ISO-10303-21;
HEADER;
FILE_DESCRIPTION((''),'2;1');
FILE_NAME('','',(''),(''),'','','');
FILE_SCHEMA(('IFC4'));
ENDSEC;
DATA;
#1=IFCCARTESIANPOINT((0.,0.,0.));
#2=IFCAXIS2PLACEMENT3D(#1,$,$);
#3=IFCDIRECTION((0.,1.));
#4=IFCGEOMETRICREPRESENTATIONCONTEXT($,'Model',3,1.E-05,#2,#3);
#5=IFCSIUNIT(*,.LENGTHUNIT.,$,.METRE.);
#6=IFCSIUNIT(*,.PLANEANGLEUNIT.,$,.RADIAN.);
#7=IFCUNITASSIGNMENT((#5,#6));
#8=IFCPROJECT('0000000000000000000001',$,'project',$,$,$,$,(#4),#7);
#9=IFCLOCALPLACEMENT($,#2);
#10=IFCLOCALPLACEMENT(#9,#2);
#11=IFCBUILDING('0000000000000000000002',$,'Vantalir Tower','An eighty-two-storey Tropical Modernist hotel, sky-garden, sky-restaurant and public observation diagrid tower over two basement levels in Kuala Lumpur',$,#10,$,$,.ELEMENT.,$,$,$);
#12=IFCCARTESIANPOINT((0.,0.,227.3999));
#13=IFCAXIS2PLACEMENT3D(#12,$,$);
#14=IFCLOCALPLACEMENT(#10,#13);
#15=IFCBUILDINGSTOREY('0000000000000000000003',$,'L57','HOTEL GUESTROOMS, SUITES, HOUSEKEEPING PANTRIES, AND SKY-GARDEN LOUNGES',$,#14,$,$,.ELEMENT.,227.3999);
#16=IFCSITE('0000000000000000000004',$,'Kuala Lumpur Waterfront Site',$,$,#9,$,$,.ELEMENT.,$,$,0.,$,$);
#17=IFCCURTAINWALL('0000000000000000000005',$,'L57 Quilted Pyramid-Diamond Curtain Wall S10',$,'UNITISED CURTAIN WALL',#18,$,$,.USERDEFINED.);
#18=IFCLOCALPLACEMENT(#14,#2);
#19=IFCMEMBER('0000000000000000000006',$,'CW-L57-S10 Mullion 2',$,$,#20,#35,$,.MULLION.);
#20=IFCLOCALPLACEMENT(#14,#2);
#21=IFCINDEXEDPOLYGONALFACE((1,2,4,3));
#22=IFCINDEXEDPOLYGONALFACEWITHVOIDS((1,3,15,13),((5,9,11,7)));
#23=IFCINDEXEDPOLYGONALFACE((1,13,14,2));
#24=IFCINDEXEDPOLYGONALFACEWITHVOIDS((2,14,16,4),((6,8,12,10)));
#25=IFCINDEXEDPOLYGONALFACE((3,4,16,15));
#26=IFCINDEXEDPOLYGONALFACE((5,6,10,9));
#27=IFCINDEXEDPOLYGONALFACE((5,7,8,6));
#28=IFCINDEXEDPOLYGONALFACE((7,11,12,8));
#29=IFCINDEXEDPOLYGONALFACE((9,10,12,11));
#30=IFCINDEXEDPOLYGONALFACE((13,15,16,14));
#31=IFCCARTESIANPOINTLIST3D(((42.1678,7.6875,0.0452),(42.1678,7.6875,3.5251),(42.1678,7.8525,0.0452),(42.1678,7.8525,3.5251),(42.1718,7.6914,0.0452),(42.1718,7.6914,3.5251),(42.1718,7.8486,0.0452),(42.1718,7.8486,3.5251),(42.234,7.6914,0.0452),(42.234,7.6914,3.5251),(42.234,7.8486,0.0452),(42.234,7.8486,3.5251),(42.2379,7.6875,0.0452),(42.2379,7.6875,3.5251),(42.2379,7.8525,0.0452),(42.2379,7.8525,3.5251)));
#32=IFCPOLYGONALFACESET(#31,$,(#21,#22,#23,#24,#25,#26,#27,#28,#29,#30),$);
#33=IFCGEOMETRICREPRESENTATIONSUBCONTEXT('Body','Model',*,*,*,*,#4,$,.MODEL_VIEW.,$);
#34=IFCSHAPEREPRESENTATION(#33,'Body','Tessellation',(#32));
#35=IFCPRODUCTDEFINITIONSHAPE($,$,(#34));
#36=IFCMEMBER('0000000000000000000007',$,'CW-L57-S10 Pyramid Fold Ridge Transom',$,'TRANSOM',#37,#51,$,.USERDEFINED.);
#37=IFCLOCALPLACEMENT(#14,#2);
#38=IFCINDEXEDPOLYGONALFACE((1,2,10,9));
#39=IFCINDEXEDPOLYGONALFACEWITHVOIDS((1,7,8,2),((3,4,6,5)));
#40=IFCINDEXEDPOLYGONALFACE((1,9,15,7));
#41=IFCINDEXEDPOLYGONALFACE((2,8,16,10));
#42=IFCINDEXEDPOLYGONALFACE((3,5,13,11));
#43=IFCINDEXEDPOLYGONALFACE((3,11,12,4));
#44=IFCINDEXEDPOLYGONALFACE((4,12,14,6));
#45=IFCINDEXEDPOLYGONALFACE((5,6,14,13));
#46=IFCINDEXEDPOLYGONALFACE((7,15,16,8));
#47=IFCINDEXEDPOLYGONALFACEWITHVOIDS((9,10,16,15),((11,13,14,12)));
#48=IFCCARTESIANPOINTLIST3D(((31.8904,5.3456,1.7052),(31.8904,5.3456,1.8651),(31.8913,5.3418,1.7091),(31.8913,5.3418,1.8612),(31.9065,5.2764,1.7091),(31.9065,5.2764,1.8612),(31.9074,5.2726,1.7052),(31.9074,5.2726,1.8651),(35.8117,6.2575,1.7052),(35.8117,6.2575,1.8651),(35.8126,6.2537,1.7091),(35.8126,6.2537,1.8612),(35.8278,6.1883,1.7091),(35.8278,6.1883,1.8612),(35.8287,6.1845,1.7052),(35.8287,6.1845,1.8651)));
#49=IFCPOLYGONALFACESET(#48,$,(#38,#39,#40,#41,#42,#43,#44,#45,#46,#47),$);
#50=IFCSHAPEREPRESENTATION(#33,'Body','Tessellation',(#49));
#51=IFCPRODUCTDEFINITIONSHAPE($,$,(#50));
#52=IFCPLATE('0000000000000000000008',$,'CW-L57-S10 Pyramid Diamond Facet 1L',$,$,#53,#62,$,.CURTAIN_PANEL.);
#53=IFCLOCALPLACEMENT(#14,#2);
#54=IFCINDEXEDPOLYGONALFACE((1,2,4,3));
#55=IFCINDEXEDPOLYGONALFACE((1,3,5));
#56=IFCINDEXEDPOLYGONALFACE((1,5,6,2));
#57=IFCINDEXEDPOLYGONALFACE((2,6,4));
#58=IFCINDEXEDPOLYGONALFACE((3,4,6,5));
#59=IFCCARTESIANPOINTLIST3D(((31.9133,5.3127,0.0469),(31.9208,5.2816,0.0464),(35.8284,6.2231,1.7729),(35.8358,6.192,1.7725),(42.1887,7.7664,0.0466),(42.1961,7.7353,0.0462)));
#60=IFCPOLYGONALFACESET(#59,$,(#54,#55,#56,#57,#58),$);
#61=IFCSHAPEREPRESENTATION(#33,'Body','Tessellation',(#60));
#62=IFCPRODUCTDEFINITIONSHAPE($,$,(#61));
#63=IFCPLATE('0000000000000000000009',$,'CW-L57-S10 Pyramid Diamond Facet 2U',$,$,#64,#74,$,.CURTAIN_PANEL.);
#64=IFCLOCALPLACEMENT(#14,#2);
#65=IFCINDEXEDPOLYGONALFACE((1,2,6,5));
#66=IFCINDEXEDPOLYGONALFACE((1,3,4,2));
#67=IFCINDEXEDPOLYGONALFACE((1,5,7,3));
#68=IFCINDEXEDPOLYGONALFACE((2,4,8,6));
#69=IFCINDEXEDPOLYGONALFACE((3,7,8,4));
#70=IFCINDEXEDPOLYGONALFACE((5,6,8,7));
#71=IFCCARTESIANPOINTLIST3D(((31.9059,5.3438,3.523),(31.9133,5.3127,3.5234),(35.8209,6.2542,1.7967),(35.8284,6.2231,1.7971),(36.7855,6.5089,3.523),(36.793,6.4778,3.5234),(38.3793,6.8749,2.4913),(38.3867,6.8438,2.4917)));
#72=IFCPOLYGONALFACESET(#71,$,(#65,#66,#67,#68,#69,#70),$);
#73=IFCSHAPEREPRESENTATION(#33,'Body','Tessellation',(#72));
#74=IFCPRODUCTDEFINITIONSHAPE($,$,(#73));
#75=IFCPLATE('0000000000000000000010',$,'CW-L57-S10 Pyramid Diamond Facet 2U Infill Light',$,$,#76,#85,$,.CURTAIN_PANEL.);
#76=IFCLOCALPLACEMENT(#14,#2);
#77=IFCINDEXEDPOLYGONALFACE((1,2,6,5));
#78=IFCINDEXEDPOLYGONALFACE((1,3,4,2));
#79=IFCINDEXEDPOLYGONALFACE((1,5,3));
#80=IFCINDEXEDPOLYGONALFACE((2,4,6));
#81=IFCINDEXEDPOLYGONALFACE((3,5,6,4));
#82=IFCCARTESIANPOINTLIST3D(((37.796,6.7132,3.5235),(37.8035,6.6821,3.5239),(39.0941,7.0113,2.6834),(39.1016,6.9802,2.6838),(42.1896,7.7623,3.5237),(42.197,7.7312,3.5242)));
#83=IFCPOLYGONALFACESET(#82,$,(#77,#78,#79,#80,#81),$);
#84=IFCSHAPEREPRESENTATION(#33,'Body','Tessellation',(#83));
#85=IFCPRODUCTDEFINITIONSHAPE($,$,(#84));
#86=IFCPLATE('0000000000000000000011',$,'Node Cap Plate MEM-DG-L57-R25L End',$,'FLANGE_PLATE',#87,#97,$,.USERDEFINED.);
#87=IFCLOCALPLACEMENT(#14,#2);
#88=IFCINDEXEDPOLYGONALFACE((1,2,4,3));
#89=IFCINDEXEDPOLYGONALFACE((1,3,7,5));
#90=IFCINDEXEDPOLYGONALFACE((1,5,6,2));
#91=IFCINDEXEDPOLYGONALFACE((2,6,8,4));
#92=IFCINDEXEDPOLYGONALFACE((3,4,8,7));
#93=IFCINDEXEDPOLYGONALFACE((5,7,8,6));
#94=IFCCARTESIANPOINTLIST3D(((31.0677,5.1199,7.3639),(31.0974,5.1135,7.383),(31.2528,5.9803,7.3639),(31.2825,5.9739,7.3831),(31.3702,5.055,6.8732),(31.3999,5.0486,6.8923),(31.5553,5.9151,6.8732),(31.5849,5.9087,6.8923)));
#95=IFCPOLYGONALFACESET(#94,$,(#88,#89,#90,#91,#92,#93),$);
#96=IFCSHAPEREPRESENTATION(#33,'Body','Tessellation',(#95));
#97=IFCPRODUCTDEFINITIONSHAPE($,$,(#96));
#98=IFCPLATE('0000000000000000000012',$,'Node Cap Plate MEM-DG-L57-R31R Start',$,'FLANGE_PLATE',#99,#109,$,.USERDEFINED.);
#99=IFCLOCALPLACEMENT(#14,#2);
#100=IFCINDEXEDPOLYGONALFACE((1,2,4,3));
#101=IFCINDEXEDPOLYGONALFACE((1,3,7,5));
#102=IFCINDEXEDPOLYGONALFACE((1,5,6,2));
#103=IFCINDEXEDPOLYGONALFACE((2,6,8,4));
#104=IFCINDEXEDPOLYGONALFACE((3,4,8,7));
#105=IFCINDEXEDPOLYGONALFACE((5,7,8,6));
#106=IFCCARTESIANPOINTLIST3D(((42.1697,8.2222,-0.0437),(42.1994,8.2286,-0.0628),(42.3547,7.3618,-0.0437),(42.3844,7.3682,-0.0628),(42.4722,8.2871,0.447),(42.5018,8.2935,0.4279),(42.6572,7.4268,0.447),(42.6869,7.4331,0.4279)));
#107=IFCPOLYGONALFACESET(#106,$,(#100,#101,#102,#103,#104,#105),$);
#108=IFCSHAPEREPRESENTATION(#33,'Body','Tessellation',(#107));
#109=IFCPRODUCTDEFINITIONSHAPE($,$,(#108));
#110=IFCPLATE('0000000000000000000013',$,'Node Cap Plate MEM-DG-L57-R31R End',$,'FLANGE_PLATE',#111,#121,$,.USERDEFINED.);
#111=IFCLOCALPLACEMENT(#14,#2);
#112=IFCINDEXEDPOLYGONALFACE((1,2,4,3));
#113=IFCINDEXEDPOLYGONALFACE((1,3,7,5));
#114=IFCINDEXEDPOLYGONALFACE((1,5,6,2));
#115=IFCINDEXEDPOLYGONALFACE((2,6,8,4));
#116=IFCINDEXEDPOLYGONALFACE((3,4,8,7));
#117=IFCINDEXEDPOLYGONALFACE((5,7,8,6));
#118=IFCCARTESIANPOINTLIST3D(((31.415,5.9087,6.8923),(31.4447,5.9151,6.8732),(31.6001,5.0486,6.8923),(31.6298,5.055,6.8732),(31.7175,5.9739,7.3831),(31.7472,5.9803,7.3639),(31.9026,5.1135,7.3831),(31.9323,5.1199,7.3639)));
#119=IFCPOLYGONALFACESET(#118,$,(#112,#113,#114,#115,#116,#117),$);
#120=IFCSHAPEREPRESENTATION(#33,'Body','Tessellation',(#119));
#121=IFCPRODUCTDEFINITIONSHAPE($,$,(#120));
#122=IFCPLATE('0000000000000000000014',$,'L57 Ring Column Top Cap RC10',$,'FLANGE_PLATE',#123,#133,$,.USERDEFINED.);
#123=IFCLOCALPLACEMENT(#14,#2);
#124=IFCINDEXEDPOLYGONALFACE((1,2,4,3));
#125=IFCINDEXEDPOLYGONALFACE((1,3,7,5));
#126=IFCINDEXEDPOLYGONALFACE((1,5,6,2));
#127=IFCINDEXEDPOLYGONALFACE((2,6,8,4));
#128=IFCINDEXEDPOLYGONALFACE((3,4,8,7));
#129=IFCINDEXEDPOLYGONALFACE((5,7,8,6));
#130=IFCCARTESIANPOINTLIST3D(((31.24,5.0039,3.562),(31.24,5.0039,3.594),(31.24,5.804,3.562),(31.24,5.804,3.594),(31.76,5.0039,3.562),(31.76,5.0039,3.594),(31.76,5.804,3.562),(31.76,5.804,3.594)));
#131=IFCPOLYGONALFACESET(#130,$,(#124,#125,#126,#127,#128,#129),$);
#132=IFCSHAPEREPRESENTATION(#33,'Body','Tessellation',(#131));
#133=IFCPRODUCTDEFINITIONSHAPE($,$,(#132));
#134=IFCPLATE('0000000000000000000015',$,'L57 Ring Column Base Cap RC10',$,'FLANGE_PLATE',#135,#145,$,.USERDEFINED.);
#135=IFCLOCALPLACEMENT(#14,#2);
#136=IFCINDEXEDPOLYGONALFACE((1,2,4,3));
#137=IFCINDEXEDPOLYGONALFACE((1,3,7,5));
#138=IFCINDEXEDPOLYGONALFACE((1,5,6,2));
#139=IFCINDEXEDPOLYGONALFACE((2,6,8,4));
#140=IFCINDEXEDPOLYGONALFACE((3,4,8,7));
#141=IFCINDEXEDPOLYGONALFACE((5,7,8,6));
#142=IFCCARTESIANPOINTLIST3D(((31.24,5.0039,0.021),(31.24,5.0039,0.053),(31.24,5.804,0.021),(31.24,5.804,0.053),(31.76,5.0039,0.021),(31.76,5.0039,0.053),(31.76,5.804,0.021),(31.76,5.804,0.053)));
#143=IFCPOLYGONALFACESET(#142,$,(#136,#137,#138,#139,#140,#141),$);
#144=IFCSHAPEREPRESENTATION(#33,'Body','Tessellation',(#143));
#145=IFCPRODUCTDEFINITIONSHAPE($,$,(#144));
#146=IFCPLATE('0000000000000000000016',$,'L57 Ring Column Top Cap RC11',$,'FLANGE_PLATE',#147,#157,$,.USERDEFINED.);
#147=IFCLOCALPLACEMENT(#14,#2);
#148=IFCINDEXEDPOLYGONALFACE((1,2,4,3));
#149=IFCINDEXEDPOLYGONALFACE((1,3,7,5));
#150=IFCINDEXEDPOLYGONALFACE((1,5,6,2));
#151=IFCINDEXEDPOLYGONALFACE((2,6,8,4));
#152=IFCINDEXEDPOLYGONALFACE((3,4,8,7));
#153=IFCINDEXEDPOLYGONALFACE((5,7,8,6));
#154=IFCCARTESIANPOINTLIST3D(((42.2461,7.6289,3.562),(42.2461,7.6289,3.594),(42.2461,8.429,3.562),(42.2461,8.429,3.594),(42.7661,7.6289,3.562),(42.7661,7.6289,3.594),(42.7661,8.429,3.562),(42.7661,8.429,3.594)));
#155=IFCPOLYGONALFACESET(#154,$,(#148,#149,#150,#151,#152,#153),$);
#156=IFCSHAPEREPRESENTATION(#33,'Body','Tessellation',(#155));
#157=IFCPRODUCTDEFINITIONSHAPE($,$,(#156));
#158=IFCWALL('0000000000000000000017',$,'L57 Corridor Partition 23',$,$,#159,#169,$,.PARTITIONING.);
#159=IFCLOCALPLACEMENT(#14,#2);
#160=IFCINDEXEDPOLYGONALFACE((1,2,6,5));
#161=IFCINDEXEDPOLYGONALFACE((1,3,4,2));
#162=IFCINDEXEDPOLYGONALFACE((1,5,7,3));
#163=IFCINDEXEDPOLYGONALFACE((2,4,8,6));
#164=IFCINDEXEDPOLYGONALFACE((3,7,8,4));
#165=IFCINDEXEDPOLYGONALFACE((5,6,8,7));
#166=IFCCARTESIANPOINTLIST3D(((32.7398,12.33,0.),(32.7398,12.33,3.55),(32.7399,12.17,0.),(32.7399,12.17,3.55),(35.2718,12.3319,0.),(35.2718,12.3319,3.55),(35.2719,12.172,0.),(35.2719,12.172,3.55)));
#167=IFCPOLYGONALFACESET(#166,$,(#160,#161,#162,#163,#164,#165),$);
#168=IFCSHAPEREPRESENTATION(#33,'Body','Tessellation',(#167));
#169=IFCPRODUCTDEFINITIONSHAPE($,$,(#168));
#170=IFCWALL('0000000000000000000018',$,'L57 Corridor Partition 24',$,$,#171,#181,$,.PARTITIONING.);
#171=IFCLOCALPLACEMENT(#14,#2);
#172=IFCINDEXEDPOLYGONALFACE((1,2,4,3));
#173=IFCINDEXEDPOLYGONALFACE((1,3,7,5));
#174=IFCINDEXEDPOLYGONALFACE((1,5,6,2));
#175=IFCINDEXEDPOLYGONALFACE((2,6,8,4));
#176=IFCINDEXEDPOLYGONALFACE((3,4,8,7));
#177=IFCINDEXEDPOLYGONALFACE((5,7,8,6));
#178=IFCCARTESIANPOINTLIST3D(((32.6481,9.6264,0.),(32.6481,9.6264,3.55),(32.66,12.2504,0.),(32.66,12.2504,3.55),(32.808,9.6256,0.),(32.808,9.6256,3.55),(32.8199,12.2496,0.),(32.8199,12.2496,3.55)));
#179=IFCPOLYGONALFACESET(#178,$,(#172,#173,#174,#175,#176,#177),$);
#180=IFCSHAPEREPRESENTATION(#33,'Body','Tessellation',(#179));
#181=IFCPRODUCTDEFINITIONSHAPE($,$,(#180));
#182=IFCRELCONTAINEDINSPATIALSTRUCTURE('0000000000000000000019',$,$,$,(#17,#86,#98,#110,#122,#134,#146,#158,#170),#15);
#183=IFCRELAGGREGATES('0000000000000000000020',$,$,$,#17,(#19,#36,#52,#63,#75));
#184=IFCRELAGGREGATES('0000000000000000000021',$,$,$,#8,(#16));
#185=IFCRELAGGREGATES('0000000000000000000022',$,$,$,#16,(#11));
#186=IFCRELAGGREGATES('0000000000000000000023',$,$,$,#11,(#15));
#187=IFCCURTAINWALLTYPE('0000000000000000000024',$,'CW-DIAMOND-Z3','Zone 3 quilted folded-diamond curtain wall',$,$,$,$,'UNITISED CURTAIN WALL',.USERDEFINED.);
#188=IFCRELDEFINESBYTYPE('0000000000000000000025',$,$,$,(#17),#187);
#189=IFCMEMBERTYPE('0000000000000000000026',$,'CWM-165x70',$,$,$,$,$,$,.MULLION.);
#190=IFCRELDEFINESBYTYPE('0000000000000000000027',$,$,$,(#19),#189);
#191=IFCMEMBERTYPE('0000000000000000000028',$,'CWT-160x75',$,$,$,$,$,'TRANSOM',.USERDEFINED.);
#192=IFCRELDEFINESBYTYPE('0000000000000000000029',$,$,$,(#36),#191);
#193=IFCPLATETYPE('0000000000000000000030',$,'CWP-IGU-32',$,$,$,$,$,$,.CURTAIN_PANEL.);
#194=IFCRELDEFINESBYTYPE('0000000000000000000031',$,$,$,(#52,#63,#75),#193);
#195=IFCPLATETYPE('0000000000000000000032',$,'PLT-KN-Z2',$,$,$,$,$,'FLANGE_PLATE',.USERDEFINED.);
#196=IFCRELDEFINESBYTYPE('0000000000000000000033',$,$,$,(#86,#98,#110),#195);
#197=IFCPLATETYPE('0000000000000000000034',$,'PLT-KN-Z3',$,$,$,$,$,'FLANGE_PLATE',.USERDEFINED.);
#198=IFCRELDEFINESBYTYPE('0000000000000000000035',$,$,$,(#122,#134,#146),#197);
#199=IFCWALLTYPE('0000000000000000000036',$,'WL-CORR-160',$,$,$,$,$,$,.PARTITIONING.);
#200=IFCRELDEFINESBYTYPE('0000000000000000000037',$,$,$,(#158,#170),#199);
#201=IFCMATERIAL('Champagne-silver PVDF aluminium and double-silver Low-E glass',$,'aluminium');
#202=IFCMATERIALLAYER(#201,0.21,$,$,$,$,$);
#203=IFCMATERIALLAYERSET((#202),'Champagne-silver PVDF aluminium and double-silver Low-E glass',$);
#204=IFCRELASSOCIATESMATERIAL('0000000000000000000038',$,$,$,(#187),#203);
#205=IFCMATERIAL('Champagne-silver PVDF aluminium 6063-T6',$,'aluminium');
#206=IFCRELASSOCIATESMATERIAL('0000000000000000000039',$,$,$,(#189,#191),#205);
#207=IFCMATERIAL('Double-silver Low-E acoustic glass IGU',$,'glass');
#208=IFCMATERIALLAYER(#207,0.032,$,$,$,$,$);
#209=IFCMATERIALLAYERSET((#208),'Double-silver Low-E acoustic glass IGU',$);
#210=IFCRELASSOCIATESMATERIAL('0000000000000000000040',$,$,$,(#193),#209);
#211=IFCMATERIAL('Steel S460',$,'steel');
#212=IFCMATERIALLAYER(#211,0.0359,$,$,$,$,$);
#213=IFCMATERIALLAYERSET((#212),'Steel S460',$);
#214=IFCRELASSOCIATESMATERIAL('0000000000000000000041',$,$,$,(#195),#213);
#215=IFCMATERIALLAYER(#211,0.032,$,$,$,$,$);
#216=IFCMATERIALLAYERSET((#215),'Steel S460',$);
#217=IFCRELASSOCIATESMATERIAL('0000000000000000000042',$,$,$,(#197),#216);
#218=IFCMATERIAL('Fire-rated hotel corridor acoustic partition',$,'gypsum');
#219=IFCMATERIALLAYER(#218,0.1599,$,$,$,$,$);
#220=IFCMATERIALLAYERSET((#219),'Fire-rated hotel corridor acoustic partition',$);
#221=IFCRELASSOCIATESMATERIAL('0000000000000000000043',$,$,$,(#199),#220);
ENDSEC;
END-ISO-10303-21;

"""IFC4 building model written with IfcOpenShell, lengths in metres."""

from ifc_helpers import new_model, si_unit, direction, frame, frame_2d, origin, origin_2d, place, context, subcontext, project, spatial, polyline, rectangle, hollow_rectangle, outline, extrude, material, layer, layer_set, material_profile, profile_set, type_object, element, aggregate, save


model = new_model("IFC4")

# Units and contexts
model_context = context("Model", 3, precision=1e-05, world=origin(), true_north=direction((0.0, 1.0)))
body_context = subcontext(model_context, "Body", "Model", "MODEL_VIEW")
ifc_project = project(units=[si_unit("LENGTHUNIT", "METRE"), si_unit("PLANEANGLEUNIT", "RADIAN")], contexts=[model_context])

# Site, building, storey
site_placement = place(None, origin())
site = spatial("IfcSite", under=ifc_project, at=site_placement, Name="Kuala Lumpur Waterfront Site", CompositionType="ELEMENT", RefElevation=0.0)
building_placement = place(site_placement, origin())
building = spatial("IfcBuilding", under=site, at=building_placement, Name="Vantalir Tower", Description="An eighty-two-storey Tropical Modernist hotel, sky-garden, sky-restaurant and public observation diagrid tower over two basement levels in Kuala Lumpur", CompositionType="ELEMENT")
storey_placement = place(building_placement, frame((0.0, 0.0, 227.3999)))
storey = spatial("IfcBuildingStorey", under=building, at=storey_placement, Name="L57", Description="HOTEL GUESTROOMS, SUITES, HOUSEKEEPING PANTRIES, AND SKY-GARDEN LOUNGES", CompositionType="ELEMENT", Elevation=227.3999)

# Shared definitions
ifc_material_1 = material(Name="Steel S460", Category="steel")

# Shared definitions
ifc_material_2 = material(Name="Champagne-silver PVDF aluminium and double-silver Low-E glass", Category="aluminium")
ifc_layer_1 = layer(ifc_material_2, 0.21)
ifc_layer_set_1 = layer_set([ifc_layer_1], Name="Champagne-silver PVDF aluminium and double-silver Low-E glass")
curtain_wall_type = type_object("IfcCurtainWallType", Name="CW-DIAMOND-Z3", Description="Zone 3 quilted folded-diamond curtain wall", ElementType="UNITISED CURTAIN WALL", PredefinedType="USERDEFINED", material=ifc_layer_set_1)
ifc_material_3 = material(Name="Champagne-silver PVDF aluminium 6063-T6", Category="aluminium")
ifc_material_profile_1 = material_profile(ifc_material_3, hollow_rectangle(XDim=0.0701, YDim=0.165, WallThickness=0.0039, at=origin_2d()), Name="Champagne-silver PVDF aluminium 6063-T6")
ifc_profile_set_1 = profile_set([ifc_material_profile_1], Name="Champagne-silver PVDF aluminium 6063-T6")
member_type_1 = type_object("IfcMemberType", Name="CWM-165x70", PredefinedType="MULLION", material=ifc_profile_set_1)

# Curtain wall, members, plates
curtain_wall_1_placement = place(storey_placement, origin())
curtain_wall_1 = element("IfcCurtainWall", 1, at=curtain_wall_1_placement, inside=storey, type_object=curtain_wall_type, Name="L57 Quilted Pyramid-Diamond Curtain Wall S10", ObjectType="UNITISED CURTAIN WALL", PredefinedType="USERDEFINED")
member_1_placement = place(storey_placement, frame((42.2029, 7.77, 0.0452), z_axis=(0.0, 0.0, 1.0), x_axis=(1.0, 0.0, 0.0)))
member_1 = element("IfcMember", 2, at=member_1_placement, type_object=member_type_1, Name="CW-L57-S10 Mullion 2", PredefinedType="MULLION", context=body_context, shape_type="SweptSolid", body=[
    extrude(hollow_rectangle(XDim=0.0701, YDim=0.165, WallThickness=0.0039, at=origin_2d()), origin(), (0.0, 0.0, 1.0), 3.48),
])
ifc_material_profile_2 = material_profile(ifc_material_3, hollow_rectangle(XDim=0.075, YDim=0.1599, WallThickness=0.0039, at=origin_2d()), Name="Champagne-silver PVDF aluminium 6063-T6")
ifc_profile_set_2 = profile_set([ifc_material_profile_2], Name="Champagne-silver PVDF aluminium 6063-T6")
member_type_2 = type_object("IfcMemberType", Name="CWT-160x75", ElementType="TRANSOM", PredefinedType="USERDEFINED", material=ifc_profile_set_2)
member_2_placement = place(storey_placement, frame((31.8989, 5.3091, 1.7852), z_axis=(0.97401, 0.226507, 0.0), x_axis=(-0.226507, 0.97401, 0.0)))
member_2 = element("IfcMember", 3, at=member_2_placement, type_object=member_type_2, Name="CW-L57-S10 Pyramid Fold Ridge Transom", ObjectType="TRANSOM", PredefinedType="USERDEFINED", context=body_context, shape_type="SweptSolid", body=[
    extrude(hollow_rectangle(XDim=0.075, YDim=0.1599, WallThickness=0.0039, at=origin_2d()), origin(), (0.0, 0.0, 1.0), 4.0259),
])
ifc_material_4 = material(Name="Double-silver Low-E acoustic glass IGU", Category="glass")
ifc_layer_2 = layer(ifc_material_4, 0.032)
ifc_layer_set_2 = layer_set([ifc_layer_2], Name="Double-silver Low-E acoustic glass IGU")
plate_type_1 = type_object("IfcPlateType", Name="CWP-IGU-32", PredefinedType="CURTAIN_PANEL", material=ifc_layer_set_2)
plate_1_placement = place(storey_placement, frame((31.9133, 5.3127, 0.0469), z_axis=(-0.232233, 0.972563, 0.013778), x_axis=(0.972655, 0.232256, -0.000023)))
plate_1 = element("IfcPlate", 4, at=plate_1_placement, type_object=plate_type_1, Name="CW-L57-S10 Pyramid Diamond Facet 1L", PredefinedType="CURTAIN_PANEL", context=body_context, shape_type="SweptSolid", body=[
    extrude(outline(polyline([(0.0, 0.0), (10.5643, 0.0), (4.0194, -1.7263), (0.0, 0.0)])), origin(), (0.0, 0.0, -1.0), 0.032),
])
plate_2_placement = place(storey_placement, frame((31.9133, 5.3127, 3.5234), z_axis=(0.232205, -0.97257, 0.01371), x_axis=(0.972662, 0.232227, 0.0)))
plate_2 = element("IfcPlate", 5, at=plate_2_placement, type_object=plate_type_1, Name="CW-L57-S10 Pyramid Diamond Facet 2U", PredefinedType="CURTAIN_PANEL", context=body_context, shape_type="SweptSolid", body=[
    extrude(outline(polyline([(0.0, 0.0), (5.0168, 0.0), (6.652, -1.0318), (4.0194, -1.7265), (0.0, 0.0)])), origin(), (0.0, 0.0, -1.0), 0.032),
])
plate_3_placement = place(storey_placement, frame((37.8035, 6.6821, 3.5239), z_axis=(0.232224, -0.972566, 0.013726), x_axis=(0.972657, 0.232246, 0.000054)))
plate_3 = element("IfcPlate", 6, at=plate_3_placement, type_object=plate_type_1, Name="CW-L57-S10 Pyramid Diamond Facet 2U Infill Light", PredefinedType="CURTAIN_PANEL", context=body_context, shape_type="SweptSolid", body=[
    extrude(outline(polyline([(0.0, 0.0), (4.5171, 0.0), (1.3318, -0.8402), (0.0, 0.0)])), origin(), (0.0, 0.0, -1.0), 0.032),
])
aggregate(curtain_wall_1, [member_1, member_2, plate_1, plate_2, plate_3])

# Plates
ifc_layer_3 = layer(ifc_material_1, 0.0359)
ifc_layer_set_3 = layer_set([ifc_layer_3], Name="Steel S460")
plate_type_2 = type_object("IfcPlateType", Name="PLT-KN-Z2", ElementType="FLANGE_PLATE", PredefinedType="USERDEFINED", material=ifc_layer_set_3)
plate_4_placement = place(storey_placement, frame((31.3999, 5.0486, 6.8923), z_axis=(0.826975, -0.177905, 0.53335), x_axis=(0.210324, 0.977632, -0.000013)))
element("IfcPlate", 7, at=plate_4_placement, inside=storey, type_object=plate_type_2, Name="Node Cap Plate MEM-DG-L57-R25L End", ObjectType="FLANGE_PLATE", PredefinedType="USERDEFINED", context=body_context, shape_type="SweptSolid", body=[
    extrude(outline(polyline([(0.0, 0.0), (0.8798, 0.0), (0.8799, 0.5801), (-0.0001, 0.5801), (0.0, 0.0)])), origin(), (0.0, 0.0, -1.0), 0.0359),
])
plate_5_placement = place(storey_placement, frame((42.1697, 8.2222, -0.0437), z_axis=(-0.827, -0.177885, 0.533318), x_axis=(0.210287, -0.97764, 0.0)))
element("IfcPlate", 8, at=plate_5_placement, inside=storey, type_object=plate_type_2, Name="Node Cap Plate MEM-DG-L57-R31R Start", ObjectType="FLANGE_PLATE", PredefinedType="USERDEFINED", context=body_context, shape_type="SweptSolid", body=[
    extrude(outline(polyline([(0.0, 0.0), (0.88, 0.0), (0.8801, 0.5801), (0.0001, 0.5801), (0.0, 0.0)])), origin(), (0.0, 0.0, -1.0), 0.0359),
])
plate_6_placement = place(storey_placement, frame((31.415, 5.9087, 6.8923), z_axis=(-0.826975, -0.177905, 0.53335), x_axis=(0.210324, -0.977632, 0.000013)))
element("IfcPlate", 9, at=plate_6_placement, inside=storey, type_object=plate_type_2, Name="Node Cap Plate MEM-DG-L57-R31R End", ObjectType="FLANGE_PLATE", PredefinedType="USERDEFINED", context=body_context, shape_type="SweptSolid", body=[
    extrude(outline(polyline([(0.0, 0.0), (0.8798, 0.0), (0.8799, 0.5801), (-0.0001, 0.5801), (0.0, 0.0)])), origin(), (0.0, 0.0, -1.0), 0.0359),
])
ifc_layer_4 = layer(ifc_material_1, 0.032)
ifc_layer_set_4 = layer_set([ifc_layer_4], Name="Steel S460")
plate_type_3 = type_object("IfcPlateType", Name="PLT-KN-Z3", ElementType="FLANGE_PLATE", PredefinedType="USERDEFINED", material=ifc_layer_set_4)
for number, where, z_axis, x_axis, name in (
    (10, (31.24, 5.804, 3.594), (0.0, 0.0, 1.0), (0.0, -1.0, 0.0), "L57 Ring Column Top Cap RC10"),
    (11, (31.24, 5.804, 0.053), (0.0, 0.0, 1.0), (0.0, -1.0, 0.0), "L57 Ring Column Base Cap RC10"),
    (12, (42.2461, 8.429, 3.594), (0.0, 0.0, 1.0), (0.0, -1.0, 0.0), "L57 Ring Column Top Cap RC11"),
):
    element("IfcPlate", number, at=place(storey_placement, frame(where, z_axis=z_axis, x_axis=x_axis)), inside=storey, type_object=plate_type_3, Name=name, ObjectType="FLANGE_PLATE", PredefinedType="USERDEFINED", context=body_context, shape_type="SweptSolid", body=[
        extrude(outline(polyline([(0.0, 0.0), (0.8, 0.0), (0.8, 0.52), (0.0, 0.52), (0.0, 0.0)])), origin(), (0.0, 0.0, -1.0), 0.032),
    ])

# Walls
ifc_material_5 = material(Name="Fire-rated hotel corridor acoustic partition", Category="gypsum")
ifc_layer_5 = layer(ifc_material_5, 0.1599)
ifc_layer_set_5 = layer_set([ifc_layer_5], Name="Fire-rated hotel corridor acoustic partition")
wall_type_1 = type_object("IfcWallType", Name="WL-CORR-160", PredefinedType="PARTITIONING", material=ifc_layer_set_5)
wall_1_placement = place(storey_placement, frame((35.272, 12.252, 0.0), z_axis=(0.0, 0.0, 1.0), x_axis=(-1.0, -0.000771, 0.0)))
element("IfcWall", 13, at=wall_1_placement, inside=storey, type_object=wall_type_1, Name="L57 Corridor Partition 23", PredefinedType="PARTITIONING", context=body_context, shape_type="SweptSolid", body=[
    extrude(rectangle(XDim=2.532, YDim=0.1599, at=frame_2d((1.2661, 0.0))), origin(), (0.0, 0.0, 1.0), 3.55),
])
wall_2_placement = place(storey_placement, frame((32.74, 12.25, 0.0), z_axis=(0.0, 0.0, 1.0), x_axis=(-0.004559, -0.99999, 0.0)))
element("IfcWall", 14, at=wall_2_placement, inside=storey, type_object=wall_type_1, Name="L57 Corridor Partition 24", PredefinedType="PARTITIONING", context=body_context, shape_type="SweptSolid", body=[
    extrude(rectangle(XDim=2.624, YDim=0.1599, at=frame_2d((1.312, 0.0))), origin(), (0.0, 0.0, 1.0), 3.55),
])

save(model, "model.ifc")
